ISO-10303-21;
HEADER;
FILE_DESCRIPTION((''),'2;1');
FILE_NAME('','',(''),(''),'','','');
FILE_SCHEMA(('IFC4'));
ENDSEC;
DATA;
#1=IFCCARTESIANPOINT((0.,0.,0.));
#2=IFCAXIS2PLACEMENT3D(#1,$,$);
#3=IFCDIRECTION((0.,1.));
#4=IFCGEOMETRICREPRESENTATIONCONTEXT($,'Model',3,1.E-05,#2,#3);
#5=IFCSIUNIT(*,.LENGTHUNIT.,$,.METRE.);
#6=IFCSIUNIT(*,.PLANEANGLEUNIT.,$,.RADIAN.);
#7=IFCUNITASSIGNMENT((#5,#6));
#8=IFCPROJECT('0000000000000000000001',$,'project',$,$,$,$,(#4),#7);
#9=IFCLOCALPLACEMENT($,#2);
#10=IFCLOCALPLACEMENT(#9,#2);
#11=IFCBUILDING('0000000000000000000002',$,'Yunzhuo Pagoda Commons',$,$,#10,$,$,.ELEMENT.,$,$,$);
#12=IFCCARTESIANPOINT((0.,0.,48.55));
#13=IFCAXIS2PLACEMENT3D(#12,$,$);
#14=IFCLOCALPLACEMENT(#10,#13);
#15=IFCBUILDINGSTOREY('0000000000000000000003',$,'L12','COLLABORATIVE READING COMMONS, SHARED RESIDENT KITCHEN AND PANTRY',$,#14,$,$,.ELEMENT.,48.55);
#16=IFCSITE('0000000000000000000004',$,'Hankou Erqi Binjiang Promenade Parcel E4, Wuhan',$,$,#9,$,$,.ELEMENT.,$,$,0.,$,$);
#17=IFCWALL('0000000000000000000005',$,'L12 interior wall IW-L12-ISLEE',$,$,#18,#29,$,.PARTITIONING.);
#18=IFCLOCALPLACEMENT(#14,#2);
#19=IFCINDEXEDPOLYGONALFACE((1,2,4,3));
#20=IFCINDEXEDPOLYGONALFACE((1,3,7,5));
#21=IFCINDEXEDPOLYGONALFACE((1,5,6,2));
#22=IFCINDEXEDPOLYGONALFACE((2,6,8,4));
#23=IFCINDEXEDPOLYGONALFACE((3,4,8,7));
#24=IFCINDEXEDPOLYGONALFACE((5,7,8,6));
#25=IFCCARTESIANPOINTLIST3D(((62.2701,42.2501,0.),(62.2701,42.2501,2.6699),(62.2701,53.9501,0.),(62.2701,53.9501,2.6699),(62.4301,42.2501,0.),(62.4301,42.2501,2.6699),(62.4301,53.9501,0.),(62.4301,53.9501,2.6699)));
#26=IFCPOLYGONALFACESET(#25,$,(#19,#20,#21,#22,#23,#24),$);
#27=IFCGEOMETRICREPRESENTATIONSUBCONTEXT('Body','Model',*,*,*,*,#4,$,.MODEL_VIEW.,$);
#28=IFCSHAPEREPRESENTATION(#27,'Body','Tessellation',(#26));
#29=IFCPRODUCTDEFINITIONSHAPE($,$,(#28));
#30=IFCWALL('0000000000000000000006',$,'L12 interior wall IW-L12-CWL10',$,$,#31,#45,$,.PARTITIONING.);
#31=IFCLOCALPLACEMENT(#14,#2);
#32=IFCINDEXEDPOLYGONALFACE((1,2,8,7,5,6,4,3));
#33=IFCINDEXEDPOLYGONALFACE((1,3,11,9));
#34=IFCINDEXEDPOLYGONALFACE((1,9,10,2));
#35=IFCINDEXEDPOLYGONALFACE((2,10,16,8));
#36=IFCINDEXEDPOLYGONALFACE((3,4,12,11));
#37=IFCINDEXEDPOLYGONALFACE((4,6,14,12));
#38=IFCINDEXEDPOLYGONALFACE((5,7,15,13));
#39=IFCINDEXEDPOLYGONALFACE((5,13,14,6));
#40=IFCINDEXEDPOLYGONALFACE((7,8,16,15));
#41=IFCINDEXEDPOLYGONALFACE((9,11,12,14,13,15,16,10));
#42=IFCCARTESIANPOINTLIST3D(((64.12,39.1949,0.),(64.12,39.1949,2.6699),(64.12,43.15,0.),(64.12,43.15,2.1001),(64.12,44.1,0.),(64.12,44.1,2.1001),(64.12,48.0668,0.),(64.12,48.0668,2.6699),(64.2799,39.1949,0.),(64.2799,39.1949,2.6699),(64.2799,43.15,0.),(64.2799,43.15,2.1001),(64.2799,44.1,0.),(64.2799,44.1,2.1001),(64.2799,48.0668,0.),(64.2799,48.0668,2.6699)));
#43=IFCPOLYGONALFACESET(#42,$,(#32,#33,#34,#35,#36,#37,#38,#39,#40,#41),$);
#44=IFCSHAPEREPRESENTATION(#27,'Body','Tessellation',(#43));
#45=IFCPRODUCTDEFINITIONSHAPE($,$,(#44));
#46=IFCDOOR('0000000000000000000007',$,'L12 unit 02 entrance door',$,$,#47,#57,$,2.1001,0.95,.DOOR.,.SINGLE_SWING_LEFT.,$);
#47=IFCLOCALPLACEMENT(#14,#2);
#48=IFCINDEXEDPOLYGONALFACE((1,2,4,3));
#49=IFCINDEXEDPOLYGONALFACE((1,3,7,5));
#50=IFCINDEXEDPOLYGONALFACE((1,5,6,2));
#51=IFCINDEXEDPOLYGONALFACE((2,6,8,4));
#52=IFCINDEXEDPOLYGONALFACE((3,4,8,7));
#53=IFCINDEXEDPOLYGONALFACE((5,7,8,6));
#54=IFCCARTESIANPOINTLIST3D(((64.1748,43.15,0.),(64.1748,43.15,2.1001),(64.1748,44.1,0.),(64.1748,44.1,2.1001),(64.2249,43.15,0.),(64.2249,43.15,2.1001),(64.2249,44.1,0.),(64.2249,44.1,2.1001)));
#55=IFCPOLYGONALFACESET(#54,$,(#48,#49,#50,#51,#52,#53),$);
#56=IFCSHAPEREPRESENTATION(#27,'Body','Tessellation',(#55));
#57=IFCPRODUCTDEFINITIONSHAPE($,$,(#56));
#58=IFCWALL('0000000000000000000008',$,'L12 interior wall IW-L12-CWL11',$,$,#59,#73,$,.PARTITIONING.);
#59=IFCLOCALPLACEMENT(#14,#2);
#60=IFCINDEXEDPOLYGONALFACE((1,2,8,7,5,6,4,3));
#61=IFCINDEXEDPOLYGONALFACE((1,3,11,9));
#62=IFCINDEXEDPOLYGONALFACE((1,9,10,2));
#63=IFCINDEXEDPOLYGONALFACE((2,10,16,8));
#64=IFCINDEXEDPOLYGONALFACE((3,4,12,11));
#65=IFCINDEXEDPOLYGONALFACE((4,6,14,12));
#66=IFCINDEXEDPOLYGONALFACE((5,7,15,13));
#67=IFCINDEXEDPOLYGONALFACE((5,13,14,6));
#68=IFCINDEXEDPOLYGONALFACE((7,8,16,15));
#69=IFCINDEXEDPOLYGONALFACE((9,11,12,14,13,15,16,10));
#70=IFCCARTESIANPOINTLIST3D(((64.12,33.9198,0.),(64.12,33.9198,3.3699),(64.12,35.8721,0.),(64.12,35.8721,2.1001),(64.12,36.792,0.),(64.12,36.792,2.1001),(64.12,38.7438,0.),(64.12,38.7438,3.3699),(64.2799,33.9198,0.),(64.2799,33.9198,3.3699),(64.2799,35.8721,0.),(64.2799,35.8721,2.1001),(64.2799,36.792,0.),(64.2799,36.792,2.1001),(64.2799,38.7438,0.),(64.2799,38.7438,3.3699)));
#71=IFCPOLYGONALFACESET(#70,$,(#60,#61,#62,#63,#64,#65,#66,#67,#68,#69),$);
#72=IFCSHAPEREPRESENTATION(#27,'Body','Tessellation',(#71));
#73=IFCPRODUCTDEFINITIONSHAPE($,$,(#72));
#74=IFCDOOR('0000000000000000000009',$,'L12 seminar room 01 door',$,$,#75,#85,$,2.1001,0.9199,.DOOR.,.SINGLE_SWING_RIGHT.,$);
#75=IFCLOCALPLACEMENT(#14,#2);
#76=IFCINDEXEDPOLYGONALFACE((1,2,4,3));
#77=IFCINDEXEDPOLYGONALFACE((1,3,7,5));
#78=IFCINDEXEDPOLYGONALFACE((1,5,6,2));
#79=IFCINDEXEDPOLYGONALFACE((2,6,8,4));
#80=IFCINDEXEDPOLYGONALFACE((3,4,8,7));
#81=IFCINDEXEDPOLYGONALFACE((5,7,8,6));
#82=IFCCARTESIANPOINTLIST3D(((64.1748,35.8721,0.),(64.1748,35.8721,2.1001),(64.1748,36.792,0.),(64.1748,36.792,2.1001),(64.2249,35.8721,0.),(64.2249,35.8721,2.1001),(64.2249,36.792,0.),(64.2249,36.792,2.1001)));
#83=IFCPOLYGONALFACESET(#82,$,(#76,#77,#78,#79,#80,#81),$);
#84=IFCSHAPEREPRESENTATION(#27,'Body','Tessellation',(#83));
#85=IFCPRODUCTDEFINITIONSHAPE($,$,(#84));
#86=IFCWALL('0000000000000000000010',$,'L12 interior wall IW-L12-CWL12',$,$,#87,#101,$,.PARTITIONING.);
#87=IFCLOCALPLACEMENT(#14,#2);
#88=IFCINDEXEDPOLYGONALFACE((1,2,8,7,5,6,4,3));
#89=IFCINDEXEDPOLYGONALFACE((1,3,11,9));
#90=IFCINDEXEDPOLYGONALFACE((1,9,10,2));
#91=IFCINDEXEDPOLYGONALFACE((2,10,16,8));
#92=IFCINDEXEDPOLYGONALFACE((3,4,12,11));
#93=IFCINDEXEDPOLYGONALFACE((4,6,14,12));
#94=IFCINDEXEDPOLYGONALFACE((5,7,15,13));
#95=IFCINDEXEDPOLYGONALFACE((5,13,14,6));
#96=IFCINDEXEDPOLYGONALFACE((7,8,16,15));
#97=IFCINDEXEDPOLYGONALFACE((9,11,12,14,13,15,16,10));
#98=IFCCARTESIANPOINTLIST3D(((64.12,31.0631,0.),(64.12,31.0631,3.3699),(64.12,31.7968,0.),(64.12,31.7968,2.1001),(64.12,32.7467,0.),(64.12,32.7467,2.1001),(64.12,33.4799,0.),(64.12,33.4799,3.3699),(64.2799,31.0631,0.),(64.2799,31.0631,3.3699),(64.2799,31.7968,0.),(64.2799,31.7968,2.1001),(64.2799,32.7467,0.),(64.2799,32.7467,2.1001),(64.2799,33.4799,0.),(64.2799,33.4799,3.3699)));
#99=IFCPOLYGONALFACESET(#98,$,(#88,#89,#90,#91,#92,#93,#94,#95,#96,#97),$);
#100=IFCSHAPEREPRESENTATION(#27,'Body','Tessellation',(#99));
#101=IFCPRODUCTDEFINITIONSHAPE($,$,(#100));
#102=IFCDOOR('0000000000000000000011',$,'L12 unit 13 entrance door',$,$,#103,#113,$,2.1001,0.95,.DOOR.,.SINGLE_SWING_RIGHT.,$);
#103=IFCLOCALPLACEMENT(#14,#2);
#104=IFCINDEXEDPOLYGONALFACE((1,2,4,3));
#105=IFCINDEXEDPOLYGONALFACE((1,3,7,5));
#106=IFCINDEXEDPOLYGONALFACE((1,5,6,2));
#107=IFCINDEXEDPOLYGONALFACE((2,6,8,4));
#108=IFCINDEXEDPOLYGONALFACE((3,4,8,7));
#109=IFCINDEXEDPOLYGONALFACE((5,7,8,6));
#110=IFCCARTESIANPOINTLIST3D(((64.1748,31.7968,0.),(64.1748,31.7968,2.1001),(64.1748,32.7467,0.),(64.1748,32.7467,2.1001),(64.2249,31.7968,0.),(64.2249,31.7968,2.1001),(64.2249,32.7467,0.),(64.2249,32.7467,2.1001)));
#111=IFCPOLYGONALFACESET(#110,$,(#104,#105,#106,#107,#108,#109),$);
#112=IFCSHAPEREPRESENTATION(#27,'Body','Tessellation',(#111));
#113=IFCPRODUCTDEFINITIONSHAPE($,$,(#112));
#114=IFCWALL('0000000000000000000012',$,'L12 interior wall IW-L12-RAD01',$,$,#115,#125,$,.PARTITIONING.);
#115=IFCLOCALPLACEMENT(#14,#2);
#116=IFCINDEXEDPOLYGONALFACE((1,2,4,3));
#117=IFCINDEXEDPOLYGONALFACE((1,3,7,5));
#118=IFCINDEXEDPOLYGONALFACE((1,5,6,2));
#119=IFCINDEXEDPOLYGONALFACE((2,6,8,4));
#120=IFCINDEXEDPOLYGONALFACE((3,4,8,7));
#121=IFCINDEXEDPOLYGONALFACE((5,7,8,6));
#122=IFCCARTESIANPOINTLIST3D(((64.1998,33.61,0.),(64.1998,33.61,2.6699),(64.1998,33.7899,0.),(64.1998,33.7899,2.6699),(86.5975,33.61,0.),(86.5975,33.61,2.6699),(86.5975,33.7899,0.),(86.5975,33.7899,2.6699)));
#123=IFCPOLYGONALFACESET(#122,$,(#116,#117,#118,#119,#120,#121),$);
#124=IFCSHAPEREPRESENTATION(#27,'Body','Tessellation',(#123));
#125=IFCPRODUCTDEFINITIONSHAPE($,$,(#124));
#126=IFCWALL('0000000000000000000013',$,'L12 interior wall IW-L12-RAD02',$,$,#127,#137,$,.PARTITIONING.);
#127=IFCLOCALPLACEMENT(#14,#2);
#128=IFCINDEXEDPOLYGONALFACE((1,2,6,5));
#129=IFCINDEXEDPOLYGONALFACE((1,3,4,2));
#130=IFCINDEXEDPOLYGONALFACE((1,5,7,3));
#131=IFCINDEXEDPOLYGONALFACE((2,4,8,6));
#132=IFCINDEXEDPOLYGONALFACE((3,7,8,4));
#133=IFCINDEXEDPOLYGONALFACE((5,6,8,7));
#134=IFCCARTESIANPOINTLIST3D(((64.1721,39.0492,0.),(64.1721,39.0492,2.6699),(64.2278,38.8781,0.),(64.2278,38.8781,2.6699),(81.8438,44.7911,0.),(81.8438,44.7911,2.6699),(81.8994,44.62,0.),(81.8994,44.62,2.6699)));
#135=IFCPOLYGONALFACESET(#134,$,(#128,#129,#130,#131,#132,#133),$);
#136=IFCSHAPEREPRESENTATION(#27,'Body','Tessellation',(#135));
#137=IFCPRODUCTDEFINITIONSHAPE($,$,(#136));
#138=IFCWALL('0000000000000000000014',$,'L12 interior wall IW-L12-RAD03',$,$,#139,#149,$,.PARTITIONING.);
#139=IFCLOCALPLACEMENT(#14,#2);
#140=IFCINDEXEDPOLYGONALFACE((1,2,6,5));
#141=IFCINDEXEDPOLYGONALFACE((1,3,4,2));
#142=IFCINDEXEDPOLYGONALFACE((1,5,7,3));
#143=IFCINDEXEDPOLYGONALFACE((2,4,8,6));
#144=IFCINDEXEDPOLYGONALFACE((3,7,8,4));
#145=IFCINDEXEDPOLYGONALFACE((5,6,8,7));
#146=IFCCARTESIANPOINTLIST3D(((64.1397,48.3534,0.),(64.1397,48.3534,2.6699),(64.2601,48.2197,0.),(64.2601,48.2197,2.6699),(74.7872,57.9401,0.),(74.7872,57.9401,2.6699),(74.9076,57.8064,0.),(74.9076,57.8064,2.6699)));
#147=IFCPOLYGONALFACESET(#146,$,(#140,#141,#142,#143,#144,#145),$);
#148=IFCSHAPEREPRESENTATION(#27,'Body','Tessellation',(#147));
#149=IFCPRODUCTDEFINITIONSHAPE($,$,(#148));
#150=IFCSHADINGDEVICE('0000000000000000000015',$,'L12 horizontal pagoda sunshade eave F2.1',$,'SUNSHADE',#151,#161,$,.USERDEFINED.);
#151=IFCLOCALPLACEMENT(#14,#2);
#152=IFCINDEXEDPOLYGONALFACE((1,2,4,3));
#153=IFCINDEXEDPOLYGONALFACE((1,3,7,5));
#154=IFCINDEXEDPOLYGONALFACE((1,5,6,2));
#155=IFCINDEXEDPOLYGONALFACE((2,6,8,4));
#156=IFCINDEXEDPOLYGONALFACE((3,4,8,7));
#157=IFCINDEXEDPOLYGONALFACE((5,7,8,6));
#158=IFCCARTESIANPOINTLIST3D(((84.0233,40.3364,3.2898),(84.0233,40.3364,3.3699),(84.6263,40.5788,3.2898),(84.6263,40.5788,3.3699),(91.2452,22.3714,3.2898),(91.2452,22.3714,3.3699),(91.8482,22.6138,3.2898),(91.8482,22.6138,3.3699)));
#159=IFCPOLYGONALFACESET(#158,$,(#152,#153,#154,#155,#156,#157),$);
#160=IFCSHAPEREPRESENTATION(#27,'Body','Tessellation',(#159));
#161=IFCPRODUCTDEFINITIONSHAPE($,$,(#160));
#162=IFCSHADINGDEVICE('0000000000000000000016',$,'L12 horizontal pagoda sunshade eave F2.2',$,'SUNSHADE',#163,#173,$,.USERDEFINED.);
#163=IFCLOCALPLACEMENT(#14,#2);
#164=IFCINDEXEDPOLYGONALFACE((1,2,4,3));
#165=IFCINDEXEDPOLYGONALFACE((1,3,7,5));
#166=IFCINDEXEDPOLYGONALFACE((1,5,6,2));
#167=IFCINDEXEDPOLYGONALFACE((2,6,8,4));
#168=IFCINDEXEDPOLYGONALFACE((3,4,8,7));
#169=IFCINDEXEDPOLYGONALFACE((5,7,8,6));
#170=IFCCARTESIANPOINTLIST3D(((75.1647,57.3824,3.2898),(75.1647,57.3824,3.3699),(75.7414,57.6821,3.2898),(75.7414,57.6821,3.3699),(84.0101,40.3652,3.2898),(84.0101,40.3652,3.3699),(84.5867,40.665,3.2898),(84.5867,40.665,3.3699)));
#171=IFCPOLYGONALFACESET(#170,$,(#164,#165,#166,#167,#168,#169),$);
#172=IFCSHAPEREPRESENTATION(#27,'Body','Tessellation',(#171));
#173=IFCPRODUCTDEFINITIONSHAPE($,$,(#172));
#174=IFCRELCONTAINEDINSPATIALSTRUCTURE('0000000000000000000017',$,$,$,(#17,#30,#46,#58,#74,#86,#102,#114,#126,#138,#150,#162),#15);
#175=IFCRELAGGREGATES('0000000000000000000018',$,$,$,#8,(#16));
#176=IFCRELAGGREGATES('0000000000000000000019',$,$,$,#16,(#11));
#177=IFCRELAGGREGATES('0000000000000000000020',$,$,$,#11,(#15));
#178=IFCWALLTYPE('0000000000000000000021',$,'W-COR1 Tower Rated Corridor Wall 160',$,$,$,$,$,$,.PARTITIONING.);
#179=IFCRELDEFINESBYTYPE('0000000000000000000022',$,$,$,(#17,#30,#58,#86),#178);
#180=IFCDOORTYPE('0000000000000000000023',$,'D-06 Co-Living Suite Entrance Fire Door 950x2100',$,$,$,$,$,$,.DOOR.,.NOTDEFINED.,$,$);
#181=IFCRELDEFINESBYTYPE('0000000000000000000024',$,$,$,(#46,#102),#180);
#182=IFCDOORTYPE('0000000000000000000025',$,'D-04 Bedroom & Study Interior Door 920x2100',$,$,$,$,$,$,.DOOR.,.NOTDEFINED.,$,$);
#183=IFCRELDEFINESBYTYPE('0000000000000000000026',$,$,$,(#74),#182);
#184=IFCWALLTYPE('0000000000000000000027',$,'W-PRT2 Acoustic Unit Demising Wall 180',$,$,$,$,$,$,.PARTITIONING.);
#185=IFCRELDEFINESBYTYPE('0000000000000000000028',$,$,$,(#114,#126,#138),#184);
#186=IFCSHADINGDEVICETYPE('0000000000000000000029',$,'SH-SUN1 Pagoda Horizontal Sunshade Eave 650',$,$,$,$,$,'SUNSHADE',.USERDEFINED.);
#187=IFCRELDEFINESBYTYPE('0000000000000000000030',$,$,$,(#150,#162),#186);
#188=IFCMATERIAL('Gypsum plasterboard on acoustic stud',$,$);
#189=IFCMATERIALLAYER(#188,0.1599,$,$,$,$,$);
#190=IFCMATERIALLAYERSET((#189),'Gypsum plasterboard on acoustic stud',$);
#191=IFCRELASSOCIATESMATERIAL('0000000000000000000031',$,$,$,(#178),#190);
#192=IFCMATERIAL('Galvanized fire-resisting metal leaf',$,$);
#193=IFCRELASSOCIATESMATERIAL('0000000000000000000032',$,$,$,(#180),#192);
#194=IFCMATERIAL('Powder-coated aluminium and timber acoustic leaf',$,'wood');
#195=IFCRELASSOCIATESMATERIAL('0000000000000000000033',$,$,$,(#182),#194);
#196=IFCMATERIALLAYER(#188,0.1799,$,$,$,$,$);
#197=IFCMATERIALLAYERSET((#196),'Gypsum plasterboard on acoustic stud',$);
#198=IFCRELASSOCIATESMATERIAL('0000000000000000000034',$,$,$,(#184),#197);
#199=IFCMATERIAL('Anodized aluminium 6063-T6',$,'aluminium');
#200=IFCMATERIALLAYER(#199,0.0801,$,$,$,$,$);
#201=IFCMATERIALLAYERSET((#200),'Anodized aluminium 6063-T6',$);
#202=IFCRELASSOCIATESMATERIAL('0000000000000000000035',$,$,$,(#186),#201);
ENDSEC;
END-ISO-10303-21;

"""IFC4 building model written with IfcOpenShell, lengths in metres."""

from ifc_helpers import new_model, si_unit, direction, frame, frame_2d, origin, origin_with_axes, origin_2d, place, context, subcontext, project, spatial, rectangle, extrude, source, transform, mapped, material, layer, layer_set, type_object, element, fill, save


model = new_model("IFC4")

# Units and contexts
model_context = context("Model", 3, precision=1e-05, world=origin(), true_north=direction((0.0, 1.0)))
body_context = subcontext(model_context, "Body", "Model", "MODEL_VIEW")
ifc_project = project(units=[si_unit("LENGTHUNIT", "METRE"), si_unit("PLANEANGLEUNIT", "RADIAN")], contexts=[model_context])

# Site, building, storey
site_placement = place(None, origin())
site = spatial("IfcSite", under=ifc_project, at=site_placement, Name="Hankou Erqi Binjiang Promenade Parcel E4, Wuhan", CompositionType="ELEMENT", RefElevation=0.0)
building_placement = place(site_placement, origin())
building = spatial("IfcBuilding", under=site, at=building_placement, Name="Yunzhuo Pagoda Commons", CompositionType="ELEMENT")
storey_placement = place(building_placement, frame((0.0, 0.0, 48.55)))
storey = spatial("IfcBuildingStorey", under=building, at=storey_placement, Name="L12", Description="COLLABORATIVE READING COMMONS, SHARED RESIDENT KITCHEN AND PANTRY", CompositionType="ELEMENT", Elevation=48.55)

# Shared definitions
ifc_material_1 = material(Name="Anodized aluminium 6063-T6", Category="aluminium")

# Wall
ifc_material_2 = material(Name="Gypsum plasterboard on acoustic stud")
ifc_layer_1 = layer(ifc_material_2, 0.1599)
ifc_layer_set_1 = layer_set([ifc_layer_1], Name="Gypsum plasterboard on acoustic stud")
wall_type_1 = type_object("IfcWallType", Name="W-COR1 Tower Rated Corridor Wall 160", PredefinedType="PARTITIONING", material=ifc_layer_set_1)
wall_1_placement = place(storey_placement, frame((62.3501, 42.25, 0.0), z_axis=(0.0, 0.0, 1.0), x_axis=(0.0, 1.0, 0.0)))
element("IfcWall", 1, at=wall_1_placement, inside=storey, type_object=wall_type_1, Name="L12 interior wall IW-L12-ISLEE", PredefinedType="PARTITIONING", context=body_context, shape_type="SweptSolid", body=[
    extrude(rectangle(XDim=11.7, YDim=0.1599, at=frame_2d((5.8501, 0.0))), origin(), (0.0, 0.0, 1.0), 2.6699),
])

# Walls, openings, doors
wall_2_placement = place(storey_placement, frame((64.2, 48.0669, 0.0), z_axis=(0.0, 0.0, 1.0), x_axis=(0.0, -1.0, 0.0)))
wall_2 = element("IfcWall", 2, at=wall_2_placement, inside=storey, type_object=wall_type_1, Name="L12 interior wall IW-L12-CWL10", PredefinedType="PARTITIONING", context=body_context, shape_type="SweptSolid", body=[
    extrude(rectangle(XDim=8.8718, YDim=0.1599, at=frame_2d((4.436, 0.0))), origin(), (0.0, 0.0, 1.0), 2.6699),
])
opening_1_placement = place(wall_2_placement, frame((3.9668, 0.0, 0.0)))
opening_1 = element("IfcOpeningElement", 3, at=opening_1_placement, cuts=wall_2, PredefinedType="OPENING", context=body_context, shape_type="SweptSolid", body=[
    extrude(rectangle(XDim=0.95, YDim=2.1001, at=frame_2d((0.4751, 1.05))), frame((0.0, 0.0898, 0.0), z_axis=(0.0, -1.0, 0.0), x_axis=(1.0, 0.0, 0.0)), (0.0, 0.0, 1.0), 0.1799),
])
ifc_material_3 = material(Name="Galvanized fire-resisting metal leaf")
door_type_1 = type_object("IfcDoorType", Name="D-06 Co-Living Suite Entrance Fire Door 950x2100", OperationType="NOTDEFINED", PredefinedType="DOOR", material=ifc_material_3)
shared_shape_1 = source(origin(), body_context, "Body", "SweptSolid", [
    extrude(rectangle(XDim=0.95, YDim=2.1001, at=frame_2d((0.4751, 1.05))), frame((0.0, 0.0249, 0.0), z_axis=(0.0, -1.0, 0.0), x_axis=(1.0, 0.0, 0.0)), (0.0, 0.0, 1.0), 0.05),
])
door_1_placement = place(opening_1_placement, origin_with_axes())
door_1 = element("IfcDoor", 4, at=door_1_placement, inside=storey, type_object=door_type_1, Name="L12 unit 02 entrance door", OperationType="SINGLE_SWING_LEFT", OverallHeight=2.1001, OverallWidth=0.95, PredefinedType="DOOR", context=body_context, shape_type="MappedRepresentation", body=[
    mapped(shared_shape_1, transform((0.0, 0.0, 0.0), scale=1.0)),
])
fill(opening_1, door_1)
wall_3_placement = place(storey_placement, frame((64.2, 38.7439, 0.0), z_axis=(0.0, 0.0, 1.0), x_axis=(0.0, -1.0, 0.0)))
wall_3 = element("IfcWall", 5, at=wall_3_placement, inside=storey, type_object=wall_type_1, Name="L12 interior wall IW-L12-CWL11", PredefinedType="PARTITIONING", context=body_context, shape_type="SweptSolid", body=[
    extrude(rectangle(XDim=4.824, YDim=0.1599, at=frame_2d((2.4121, 0.0))), origin(), (0.0, 0.0, 1.0), 3.3699),
])
opening_2_placement = place(wall_3_placement, frame((1.9519, 0.0, 0.0)))
opening_2 = element("IfcOpeningElement", 6, at=opening_2_placement, cuts=wall_3, PredefinedType="OPENING", context=body_context, shape_type="SweptSolid", body=[
    extrude(rectangle(XDim=0.9199, YDim=2.1001, at=frame_2d((0.46, 1.05))), frame((0.0, 0.0898, 0.0), z_axis=(0.0, -1.0, 0.0), x_axis=(1.0, 0.0, 0.0)), (0.0, 0.0, 1.0), 0.1799),
])
ifc_material_4 = material(Name="Powder-coated aluminium and timber acoustic leaf", Category="wood")
door_type_2 = type_object("IfcDoorType", Name="D-04 Bedroom & Study Interior Door 920x2100", OperationType="NOTDEFINED", PredefinedType="DOOR", material=ifc_material_4)
shared_shape_2 = source(origin(), body_context, "Body", "SweptSolid", [
    extrude(rectangle(XDim=0.9199, YDim=2.1001, at=frame_2d((0.46, 1.05))), frame((0.0, 0.0249, 0.0), z_axis=(0.0, -1.0, 0.0), x_axis=(1.0, 0.0, 0.0)), (0.0, 0.0, 1.0), 0.05),
])
door_2_placement = place(opening_2_placement, origin_with_axes())
door_2 = element("IfcDoor", 7, at=door_2_placement, inside=storey, type_object=door_type_2, Name="L12 seminar room 01 door", OperationType="SINGLE_SWING_RIGHT", OverallHeight=2.1001, OverallWidth=0.9199, PredefinedType="DOOR", context=body_context, shape_type="MappedRepresentation", body=[
    mapped(shared_shape_2, transform((0.0, 0.0, 0.0), scale=1.0)),
])
fill(opening_2, door_2)
wall_4_placement = place(storey_placement, frame((64.2, 33.48, 0.0), z_axis=(0.0, 0.0, 1.0), x_axis=(0.0, -1.0, 0.0)))
wall_4 = element("IfcWall", 8, at=wall_4_placement, inside=storey, type_object=wall_type_1, Name="L12 interior wall IW-L12-CWL12", PredefinedType="PARTITIONING", context=body_context, shape_type="SweptSolid", body=[
    extrude(rectangle(XDim=2.4167, YDim=0.1599, at=frame_2d((1.2085, 0.0))), origin(), (0.0, 0.0, 1.0), 3.3699),
])
opening_3_placement = place(wall_4_placement, frame((0.7332, 0.0, 0.0)))
opening_3 = element("IfcOpeningElement", 9, at=opening_3_placement, cuts=wall_4, PredefinedType="OPENING", context=body_context, shape_type="SweptSolid", body=[
    extrude(rectangle(XDim=0.95, YDim=2.1001, at=frame_2d((0.4751, 1.05))), frame((0.0, 0.0898, 0.0), z_axis=(0.0, -1.0, 0.0), x_axis=(1.0, 0.0, 0.0)), (0.0, 0.0, 1.0), 0.1799),
])
door_3_placement = place(opening_3_placement, origin_with_axes())
door_3 = element("IfcDoor", 10, at=door_3_placement, inside=storey, type_object=door_type_1, Name="L12 unit 13 entrance door", OperationType="SINGLE_SWING_RIGHT", OverallHeight=2.1001, OverallWidth=0.95, PredefinedType="DOOR", context=body_context, shape_type="MappedRepresentation", body=[
    mapped(shared_shape_1, transform((0.0, 0.0, 0.0), scale=1.0)),
])
fill(opening_3, door_3)

# Walls
ifc_layer_2 = layer(ifc_material_2, 0.1799)
ifc_layer_set_2 = layer_set([ifc_layer_2], Name="Gypsum plasterboard on acoustic stud")
wall_type_2 = type_object("IfcWallType", Name="W-PRT2 Acoustic Unit Demising Wall 180", PredefinedType="PARTITIONING", material=ifc_layer_set_2)
wall_5_placement = place(storey_placement, frame((64.2, 33.7, 0.0), z_axis=(0.0, 0.0, 1.0), x_axis=(1.0, 0.0, 0.0)))
element("IfcWall", 11, at=wall_5_placement, inside=storey, type_object=wall_type_2, Name="L12 interior wall IW-L12-RAD01", PredefinedType="PARTITIONING", context=body_context, shape_type="SweptSolid", body=[
    extrude(rectangle(XDim=22.3977, YDim=0.1799, at=frame_2d((11.1987, 0.0))), origin(), (0.0, 0.0, 1.0), 2.6699),
])
wall_6_placement = place(storey_placement, frame((64.2, 38.9636, 0.0), z_axis=(0.0, 0.0, 1.0), x_axis=(0.951055, 0.309021, 0.0)))
element("IfcWall", 12, at=wall_6_placement, inside=storey, type_object=wall_type_2, Name="L12 interior wall IW-L12-RAD02", PredefinedType="PARTITIONING", context=body_context, shape_type="SweptSolid", body=[
    extrude(rectangle(XDim=18.5811, YDim=0.1799, at=frame_2d((9.2905, 0.0))), origin(), (0.0, 0.0, 1.0), 2.6699),
])
wall_7_placement = place(storey_placement, frame((64.2, 48.2866, 0.0), z_axis=(0.0, 0.0, 1.0), x_axis=(0.743157, 0.669117, 0.0)))
element("IfcWall", 13, at=wall_7_placement, inside=storey, type_object=wall_type_2, Name="L12 interior wall IW-L12-RAD03", PredefinedType="PARTITIONING", context=body_context, shape_type="SweptSolid", body=[
    extrude(rectangle(XDim=14.3274, YDim=0.1799, at=frame_2d((7.1636, 0.0))), origin(), (0.0, 0.0, 1.0), 2.6699),
])

# Shading devices
ifc_layer_3 = layer(ifc_material_1, 0.0801)
ifc_layer_set_3 = layer_set([ifc_layer_3], Name="Anodized aluminium 6063-T6")
shading_device_type = type_object("IfcShadingDeviceType", Name="SH-SUN1 Pagoda Horizontal Sunshade Eave 650", ElementType="SUNSHADE", PredefinedType="USERDEFINED", material=ifc_layer_set_3)
shared_shape_3 = source(origin(), body_context, "Body", "SweptSolid", [
    extrude(rectangle(XDim=19.3623, YDim=0.6499, at=origin_2d()), origin(), (0.0, 0.0, 1.0), 0.0801),
])
shading_device_1_placement = place(storey_placement, frame((87.9358, 31.4751, 3.2898), z_axis=(0.0, 0.0, 1.0), x_axis=(-0.372988, 0.927836, 0.0)))
element("IfcShadingDevice", 14, at=shading_device_1_placement, inside=storey, type_object=shading_device_type, Name="L12 horizontal pagoda sunshade eave F2.1", ObjectType="SUNSHADE", PredefinedType="USERDEFINED", context=body_context, shape_type="MappedRepresentation", body=[
    mapped(shared_shape_3, transform((0.0, 0.0, 0.0), scale=1.0)),
])
shared_shape_4 = source(origin(), body_context, "Body", "SweptSolid", [
    extrude(rectangle(XDim=19.1787, YDim=0.6499, at=origin_2d()), origin(), (0.0, 0.0, 1.0), 0.0801),
])
shading_device_2_placement = place(storey_placement, frame((79.8757, 49.0237, 3.2898), z_axis=(0.0, 0.0, 1.0), x_axis=(-0.461207, 0.887293, 0.0)))
element("IfcShadingDevice", 15, at=shading_device_2_placement, inside=storey, type_object=shading_device_type, Name="L12 horizontal pagoda sunshade eave F2.2", ObjectType="SUNSHADE", PredefinedType="USERDEFINED", context=body_context, shape_type="MappedRepresentation", body=[
    mapped(shared_shape_4, transform((0.0, 0.0, 0.0), scale=1.0)),
])

save(model, "model.ifc")
